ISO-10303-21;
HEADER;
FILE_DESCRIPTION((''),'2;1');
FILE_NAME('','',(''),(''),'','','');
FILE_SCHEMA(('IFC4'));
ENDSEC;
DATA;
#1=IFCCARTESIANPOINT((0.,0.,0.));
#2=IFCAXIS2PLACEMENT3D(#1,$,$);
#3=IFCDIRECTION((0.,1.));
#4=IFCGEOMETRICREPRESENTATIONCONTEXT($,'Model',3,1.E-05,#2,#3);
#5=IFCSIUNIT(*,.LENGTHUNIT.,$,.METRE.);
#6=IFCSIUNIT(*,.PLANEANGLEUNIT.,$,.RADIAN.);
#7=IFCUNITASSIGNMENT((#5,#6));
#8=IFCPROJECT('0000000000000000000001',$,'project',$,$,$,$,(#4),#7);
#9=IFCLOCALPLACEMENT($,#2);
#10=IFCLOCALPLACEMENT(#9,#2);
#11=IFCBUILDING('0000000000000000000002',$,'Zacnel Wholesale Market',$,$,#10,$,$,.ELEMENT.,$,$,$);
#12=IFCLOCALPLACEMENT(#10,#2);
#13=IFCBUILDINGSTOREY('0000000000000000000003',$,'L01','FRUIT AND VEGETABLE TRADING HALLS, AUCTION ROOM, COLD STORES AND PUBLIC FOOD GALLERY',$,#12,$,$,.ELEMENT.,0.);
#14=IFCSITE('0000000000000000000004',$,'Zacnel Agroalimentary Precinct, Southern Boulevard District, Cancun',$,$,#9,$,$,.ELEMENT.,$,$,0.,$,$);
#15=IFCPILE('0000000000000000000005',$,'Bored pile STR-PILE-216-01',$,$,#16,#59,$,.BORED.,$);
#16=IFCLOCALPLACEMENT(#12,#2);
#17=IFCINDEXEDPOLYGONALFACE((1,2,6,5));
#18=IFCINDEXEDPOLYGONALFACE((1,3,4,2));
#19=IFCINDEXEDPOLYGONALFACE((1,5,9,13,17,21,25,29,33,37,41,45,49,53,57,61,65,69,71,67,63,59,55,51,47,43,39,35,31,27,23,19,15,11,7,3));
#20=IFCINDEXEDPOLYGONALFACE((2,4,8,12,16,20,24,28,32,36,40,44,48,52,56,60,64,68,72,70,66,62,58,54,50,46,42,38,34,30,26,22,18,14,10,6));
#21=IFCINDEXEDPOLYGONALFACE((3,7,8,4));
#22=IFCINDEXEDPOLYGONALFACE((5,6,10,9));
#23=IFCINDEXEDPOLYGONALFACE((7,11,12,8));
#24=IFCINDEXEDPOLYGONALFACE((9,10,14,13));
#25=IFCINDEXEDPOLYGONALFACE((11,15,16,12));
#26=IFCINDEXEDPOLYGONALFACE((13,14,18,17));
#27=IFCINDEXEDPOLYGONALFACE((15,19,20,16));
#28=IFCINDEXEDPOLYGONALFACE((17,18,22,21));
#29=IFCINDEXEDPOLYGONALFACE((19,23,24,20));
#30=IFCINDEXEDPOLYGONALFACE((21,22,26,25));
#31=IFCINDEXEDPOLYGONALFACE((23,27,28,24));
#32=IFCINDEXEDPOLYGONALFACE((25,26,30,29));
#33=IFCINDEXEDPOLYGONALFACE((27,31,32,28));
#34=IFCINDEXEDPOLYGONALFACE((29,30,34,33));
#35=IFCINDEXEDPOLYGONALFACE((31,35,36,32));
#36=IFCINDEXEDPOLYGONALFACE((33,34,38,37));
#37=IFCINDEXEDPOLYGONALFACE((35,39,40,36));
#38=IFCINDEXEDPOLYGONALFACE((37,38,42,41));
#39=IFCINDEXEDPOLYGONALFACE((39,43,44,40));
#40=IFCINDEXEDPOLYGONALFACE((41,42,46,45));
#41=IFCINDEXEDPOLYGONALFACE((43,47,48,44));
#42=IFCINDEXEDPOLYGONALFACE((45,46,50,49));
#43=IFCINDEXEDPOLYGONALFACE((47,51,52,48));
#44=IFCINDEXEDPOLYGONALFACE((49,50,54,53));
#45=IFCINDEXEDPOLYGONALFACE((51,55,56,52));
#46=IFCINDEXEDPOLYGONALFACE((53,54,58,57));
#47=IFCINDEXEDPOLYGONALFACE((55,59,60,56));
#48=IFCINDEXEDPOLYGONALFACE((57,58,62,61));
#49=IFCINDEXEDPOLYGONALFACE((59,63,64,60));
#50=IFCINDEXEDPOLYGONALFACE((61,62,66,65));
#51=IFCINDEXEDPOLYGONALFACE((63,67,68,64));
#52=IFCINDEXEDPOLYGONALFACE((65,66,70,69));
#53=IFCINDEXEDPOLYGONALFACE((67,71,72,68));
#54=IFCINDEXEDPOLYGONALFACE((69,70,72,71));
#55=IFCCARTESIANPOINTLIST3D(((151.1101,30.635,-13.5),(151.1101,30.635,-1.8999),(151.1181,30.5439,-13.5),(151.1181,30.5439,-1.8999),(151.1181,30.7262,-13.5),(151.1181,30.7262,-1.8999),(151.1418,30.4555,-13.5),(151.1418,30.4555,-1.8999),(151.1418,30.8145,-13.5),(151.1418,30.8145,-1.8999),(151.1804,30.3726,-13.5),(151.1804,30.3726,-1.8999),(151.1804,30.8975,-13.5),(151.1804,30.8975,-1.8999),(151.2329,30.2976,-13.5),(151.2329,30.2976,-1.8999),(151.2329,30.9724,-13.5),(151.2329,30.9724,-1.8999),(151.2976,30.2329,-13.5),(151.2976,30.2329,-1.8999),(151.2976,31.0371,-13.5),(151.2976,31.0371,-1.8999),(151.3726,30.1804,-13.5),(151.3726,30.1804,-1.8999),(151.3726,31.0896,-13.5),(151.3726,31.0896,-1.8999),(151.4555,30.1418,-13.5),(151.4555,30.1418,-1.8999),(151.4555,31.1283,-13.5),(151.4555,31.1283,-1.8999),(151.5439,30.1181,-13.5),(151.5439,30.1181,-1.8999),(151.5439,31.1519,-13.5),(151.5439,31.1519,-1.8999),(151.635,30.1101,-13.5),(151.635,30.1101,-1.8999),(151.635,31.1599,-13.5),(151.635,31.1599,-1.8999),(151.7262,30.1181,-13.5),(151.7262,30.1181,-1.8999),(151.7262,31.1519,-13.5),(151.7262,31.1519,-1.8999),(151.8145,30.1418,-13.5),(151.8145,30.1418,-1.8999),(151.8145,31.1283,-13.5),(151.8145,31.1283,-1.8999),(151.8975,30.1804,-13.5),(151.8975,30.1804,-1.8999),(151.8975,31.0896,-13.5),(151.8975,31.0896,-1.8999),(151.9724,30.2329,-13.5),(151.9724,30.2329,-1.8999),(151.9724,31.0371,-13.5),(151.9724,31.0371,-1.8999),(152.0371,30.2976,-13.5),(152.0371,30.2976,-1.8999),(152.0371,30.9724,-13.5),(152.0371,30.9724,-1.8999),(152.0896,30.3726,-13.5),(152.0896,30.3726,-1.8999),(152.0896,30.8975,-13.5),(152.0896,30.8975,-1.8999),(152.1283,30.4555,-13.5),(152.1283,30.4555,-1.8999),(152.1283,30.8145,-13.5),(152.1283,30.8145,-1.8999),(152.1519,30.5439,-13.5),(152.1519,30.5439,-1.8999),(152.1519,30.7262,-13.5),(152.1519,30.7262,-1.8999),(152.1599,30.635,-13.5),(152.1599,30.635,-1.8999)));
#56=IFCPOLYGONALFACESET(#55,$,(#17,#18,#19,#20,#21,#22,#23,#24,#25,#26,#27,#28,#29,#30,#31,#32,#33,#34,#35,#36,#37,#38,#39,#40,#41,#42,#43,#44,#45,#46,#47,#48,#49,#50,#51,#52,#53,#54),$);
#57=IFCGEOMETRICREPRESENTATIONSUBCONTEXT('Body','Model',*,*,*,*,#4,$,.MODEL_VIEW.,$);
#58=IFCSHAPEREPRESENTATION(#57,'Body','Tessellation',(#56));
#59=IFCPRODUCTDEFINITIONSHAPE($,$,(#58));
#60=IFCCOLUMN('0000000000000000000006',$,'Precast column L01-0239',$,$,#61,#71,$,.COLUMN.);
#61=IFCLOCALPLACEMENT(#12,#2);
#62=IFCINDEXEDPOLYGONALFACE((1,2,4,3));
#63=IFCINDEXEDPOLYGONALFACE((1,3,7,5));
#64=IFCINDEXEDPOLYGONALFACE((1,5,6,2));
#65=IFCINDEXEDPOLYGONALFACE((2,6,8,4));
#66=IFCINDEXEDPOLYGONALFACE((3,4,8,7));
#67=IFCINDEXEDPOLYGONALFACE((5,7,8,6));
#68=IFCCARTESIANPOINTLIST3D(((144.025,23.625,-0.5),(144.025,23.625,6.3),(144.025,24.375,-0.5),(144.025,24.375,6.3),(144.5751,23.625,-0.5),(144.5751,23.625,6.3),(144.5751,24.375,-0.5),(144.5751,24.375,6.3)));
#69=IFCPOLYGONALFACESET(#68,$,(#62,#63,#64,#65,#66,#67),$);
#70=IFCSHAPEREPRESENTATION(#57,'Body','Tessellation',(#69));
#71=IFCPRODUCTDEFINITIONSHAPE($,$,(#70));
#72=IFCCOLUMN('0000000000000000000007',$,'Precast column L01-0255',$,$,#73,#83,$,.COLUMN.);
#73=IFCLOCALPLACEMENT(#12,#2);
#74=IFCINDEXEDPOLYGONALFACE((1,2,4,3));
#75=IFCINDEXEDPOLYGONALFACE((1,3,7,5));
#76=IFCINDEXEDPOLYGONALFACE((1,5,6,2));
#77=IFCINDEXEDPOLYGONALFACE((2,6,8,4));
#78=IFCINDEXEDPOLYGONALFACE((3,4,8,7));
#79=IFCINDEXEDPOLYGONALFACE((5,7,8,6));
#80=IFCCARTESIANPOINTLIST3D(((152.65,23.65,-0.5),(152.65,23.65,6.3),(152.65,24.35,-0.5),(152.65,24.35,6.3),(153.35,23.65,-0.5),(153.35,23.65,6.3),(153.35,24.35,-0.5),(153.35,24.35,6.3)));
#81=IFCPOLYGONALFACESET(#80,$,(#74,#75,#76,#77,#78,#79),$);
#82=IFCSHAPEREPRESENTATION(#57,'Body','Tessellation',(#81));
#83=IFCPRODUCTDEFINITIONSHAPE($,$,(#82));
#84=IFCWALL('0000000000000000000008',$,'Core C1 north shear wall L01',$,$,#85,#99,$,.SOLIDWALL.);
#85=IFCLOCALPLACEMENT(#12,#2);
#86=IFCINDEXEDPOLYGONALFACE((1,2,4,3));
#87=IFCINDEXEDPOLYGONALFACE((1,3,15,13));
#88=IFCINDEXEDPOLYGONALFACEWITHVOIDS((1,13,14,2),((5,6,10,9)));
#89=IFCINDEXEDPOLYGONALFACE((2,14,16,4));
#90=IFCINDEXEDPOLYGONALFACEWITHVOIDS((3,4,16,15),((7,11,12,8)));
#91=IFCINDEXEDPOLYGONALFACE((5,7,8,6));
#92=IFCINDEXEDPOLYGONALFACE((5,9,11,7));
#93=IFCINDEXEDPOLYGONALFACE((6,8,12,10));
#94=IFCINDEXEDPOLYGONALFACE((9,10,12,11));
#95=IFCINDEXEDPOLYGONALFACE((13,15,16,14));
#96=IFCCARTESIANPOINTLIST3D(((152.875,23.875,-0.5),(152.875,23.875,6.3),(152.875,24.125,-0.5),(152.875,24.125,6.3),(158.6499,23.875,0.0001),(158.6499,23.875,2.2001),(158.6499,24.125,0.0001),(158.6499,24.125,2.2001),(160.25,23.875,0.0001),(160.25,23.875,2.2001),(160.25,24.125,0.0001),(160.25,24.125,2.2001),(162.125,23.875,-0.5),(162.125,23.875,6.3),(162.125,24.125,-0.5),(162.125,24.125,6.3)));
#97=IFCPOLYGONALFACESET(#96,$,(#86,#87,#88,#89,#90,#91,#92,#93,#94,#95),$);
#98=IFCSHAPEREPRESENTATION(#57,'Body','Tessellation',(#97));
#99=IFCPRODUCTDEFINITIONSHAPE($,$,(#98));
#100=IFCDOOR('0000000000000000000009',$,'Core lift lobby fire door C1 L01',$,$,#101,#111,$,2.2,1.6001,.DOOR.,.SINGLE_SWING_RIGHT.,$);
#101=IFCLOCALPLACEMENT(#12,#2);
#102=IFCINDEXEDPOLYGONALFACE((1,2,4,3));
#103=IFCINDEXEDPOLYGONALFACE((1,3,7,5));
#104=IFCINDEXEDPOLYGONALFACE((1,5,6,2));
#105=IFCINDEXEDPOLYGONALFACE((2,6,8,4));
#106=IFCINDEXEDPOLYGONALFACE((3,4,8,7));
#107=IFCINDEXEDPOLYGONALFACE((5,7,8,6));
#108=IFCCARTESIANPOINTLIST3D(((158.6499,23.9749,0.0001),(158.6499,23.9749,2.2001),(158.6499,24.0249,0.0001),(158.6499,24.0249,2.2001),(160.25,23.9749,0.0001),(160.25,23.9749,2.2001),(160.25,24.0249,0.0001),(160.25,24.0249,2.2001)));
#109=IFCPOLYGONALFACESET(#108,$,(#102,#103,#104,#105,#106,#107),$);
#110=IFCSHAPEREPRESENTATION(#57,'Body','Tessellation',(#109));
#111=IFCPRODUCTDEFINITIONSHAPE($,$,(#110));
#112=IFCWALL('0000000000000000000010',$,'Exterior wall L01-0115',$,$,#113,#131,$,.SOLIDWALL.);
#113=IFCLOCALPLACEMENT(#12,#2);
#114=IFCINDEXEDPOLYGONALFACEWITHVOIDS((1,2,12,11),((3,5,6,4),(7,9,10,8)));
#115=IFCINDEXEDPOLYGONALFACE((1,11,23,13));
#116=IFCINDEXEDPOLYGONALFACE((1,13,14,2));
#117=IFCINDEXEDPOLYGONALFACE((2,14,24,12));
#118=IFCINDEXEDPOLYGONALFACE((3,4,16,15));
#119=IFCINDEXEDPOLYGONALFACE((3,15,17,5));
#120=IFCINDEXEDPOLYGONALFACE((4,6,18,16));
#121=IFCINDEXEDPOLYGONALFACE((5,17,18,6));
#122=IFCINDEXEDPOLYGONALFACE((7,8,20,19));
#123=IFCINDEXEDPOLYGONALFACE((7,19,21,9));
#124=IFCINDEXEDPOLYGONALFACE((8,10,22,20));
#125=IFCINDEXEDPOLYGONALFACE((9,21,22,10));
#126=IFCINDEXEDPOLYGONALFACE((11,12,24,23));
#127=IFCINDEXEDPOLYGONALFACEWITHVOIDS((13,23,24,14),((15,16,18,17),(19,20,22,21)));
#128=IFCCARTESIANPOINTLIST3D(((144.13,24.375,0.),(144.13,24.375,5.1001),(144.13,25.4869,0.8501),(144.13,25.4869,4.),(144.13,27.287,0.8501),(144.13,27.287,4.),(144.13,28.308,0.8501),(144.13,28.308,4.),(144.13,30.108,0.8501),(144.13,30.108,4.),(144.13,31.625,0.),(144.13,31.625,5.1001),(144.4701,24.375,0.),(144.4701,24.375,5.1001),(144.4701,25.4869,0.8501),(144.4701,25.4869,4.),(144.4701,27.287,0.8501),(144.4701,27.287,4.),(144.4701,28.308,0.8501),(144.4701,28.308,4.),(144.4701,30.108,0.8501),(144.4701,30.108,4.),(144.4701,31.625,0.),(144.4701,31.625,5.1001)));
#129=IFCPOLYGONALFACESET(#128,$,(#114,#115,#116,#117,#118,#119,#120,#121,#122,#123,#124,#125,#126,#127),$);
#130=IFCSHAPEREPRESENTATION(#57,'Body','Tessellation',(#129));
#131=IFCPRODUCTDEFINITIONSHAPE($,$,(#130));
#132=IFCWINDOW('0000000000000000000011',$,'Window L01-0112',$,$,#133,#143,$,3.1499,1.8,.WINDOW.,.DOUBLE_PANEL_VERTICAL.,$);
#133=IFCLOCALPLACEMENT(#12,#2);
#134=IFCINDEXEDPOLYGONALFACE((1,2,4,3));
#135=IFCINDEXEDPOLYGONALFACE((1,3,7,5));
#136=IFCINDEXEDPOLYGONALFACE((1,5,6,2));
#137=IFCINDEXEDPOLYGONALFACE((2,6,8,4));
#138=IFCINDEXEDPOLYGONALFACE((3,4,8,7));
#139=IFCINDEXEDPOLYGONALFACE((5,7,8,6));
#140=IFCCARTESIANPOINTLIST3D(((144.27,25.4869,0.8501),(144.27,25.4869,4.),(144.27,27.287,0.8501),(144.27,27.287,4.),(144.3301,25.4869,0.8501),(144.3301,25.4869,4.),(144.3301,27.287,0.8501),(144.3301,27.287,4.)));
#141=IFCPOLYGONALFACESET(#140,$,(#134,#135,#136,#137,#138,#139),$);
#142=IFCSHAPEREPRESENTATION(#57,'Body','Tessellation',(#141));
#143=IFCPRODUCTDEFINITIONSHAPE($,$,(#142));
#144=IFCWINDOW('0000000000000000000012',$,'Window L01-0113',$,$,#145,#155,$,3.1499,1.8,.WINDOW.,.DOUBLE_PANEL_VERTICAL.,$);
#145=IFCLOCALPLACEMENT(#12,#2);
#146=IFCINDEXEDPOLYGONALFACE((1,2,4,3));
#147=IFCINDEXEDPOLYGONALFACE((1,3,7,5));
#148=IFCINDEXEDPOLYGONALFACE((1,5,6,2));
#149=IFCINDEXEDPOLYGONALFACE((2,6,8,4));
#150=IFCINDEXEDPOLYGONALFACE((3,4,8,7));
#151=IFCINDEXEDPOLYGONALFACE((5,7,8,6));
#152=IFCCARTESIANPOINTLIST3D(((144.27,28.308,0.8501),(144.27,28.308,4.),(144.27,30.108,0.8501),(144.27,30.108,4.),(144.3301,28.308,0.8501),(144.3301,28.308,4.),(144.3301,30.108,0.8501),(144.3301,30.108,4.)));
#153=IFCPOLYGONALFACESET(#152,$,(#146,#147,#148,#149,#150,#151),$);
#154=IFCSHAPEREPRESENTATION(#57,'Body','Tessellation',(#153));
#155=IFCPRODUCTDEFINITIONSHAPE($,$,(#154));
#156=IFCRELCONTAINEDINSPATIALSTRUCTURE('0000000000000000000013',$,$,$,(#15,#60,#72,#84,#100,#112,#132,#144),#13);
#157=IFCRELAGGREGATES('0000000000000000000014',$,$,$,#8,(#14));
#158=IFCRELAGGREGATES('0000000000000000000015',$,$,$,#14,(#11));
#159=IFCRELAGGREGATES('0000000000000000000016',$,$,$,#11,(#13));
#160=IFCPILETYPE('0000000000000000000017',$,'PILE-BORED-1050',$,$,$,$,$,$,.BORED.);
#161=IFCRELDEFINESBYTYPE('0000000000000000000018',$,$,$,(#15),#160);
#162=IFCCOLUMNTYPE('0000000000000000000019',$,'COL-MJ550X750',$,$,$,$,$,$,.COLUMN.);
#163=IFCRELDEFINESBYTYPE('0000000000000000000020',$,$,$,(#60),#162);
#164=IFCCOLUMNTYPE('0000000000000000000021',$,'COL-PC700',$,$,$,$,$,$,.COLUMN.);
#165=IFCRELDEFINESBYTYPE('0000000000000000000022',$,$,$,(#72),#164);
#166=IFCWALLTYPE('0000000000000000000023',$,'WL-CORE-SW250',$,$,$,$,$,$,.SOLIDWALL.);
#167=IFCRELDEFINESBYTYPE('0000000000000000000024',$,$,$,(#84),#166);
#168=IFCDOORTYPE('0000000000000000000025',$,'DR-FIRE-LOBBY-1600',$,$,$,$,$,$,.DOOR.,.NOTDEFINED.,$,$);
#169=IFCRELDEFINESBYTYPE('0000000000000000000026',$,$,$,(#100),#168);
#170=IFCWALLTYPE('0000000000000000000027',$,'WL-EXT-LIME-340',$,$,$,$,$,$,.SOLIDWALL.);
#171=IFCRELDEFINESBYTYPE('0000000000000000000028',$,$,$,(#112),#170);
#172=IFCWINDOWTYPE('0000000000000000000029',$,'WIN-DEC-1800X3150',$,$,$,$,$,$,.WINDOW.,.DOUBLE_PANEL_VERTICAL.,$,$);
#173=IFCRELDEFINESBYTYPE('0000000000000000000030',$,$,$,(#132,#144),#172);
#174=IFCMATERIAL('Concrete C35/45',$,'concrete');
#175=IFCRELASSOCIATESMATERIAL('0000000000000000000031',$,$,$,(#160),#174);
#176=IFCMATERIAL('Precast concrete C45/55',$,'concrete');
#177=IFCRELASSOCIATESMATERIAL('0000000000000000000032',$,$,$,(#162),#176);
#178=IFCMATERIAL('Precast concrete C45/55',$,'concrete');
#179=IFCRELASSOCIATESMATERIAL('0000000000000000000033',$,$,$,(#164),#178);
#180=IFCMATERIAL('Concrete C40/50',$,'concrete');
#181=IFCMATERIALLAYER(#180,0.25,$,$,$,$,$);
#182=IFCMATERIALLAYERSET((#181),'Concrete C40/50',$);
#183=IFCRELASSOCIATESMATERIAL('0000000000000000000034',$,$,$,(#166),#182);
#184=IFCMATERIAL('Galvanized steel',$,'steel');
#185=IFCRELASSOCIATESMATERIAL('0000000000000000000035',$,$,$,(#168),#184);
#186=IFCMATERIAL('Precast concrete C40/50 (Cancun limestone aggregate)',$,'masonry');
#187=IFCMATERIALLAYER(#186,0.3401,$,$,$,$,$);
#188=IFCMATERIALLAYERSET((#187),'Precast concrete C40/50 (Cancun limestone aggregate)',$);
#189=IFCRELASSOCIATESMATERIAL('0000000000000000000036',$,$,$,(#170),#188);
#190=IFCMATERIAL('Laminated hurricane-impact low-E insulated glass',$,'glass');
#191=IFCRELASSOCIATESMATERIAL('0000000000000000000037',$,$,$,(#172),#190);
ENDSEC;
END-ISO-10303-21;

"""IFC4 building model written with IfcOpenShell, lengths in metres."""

from ifc_helpers import new_model, si_unit, direction, frame, frame_2d, origin, origin_2d, place, context, subcontext, project, spatial, rectangle, circle, extrude, material, layer, layer_set, material_profile, profile_set, type_object, element, fill, save


model = new_model("IFC4")

# Units and contexts
model_context = context("Model", 3, precision=1e-05, world=origin(), true_north=direction((0.0, 1.0)))
body_context = subcontext(model_context, "Body", "Model", "MODEL_VIEW")
ifc_project = project(units=[si_unit("LENGTHUNIT", "METRE"), si_unit("PLANEANGLEUNIT", "RADIAN")], contexts=[model_context])

# Site, building, storey
site_placement = place(None, origin())
site = spatial("IfcSite", under=ifc_project, at=site_placement, Name="Zacnel Agroalimentary Precinct, Southern Boulevard District, Cancun", CompositionType="ELEMENT", RefElevation=0.0)
building_placement = place(site_placement, origin())
building = spatial("IfcBuilding", under=site, at=building_placement, Name="Zacnel Wholesale Market", CompositionType="ELEMENT")
storey_placement = place(building_placement, origin())
storey = spatial("IfcBuildingStorey", under=building, at=storey_placement, Name="L01", Description="FRUIT AND VEGETABLE TRADING HALLS, AUCTION ROOM, COLD STORES AND PUBLIC FOOD GALLERY", CompositionType="ELEMENT", Elevation=0.0)

# Pile
ifc_material_1 = material(Name="Concrete C35/45", Category="concrete")
ifc_material_profile_1 = material_profile(ifc_material_1, circle(Radius=0.5249, at=origin_2d()), Name="BORED PILE D1050")
ifc_profile_set_1 = profile_set([ifc_material_profile_1], Name="Concrete C35/45")
pile_type = type_object("IfcPileType", Name="PILE-BORED-1050", PredefinedType="BORED", material=ifc_profile_set_1)
pile_1_placement = place(storey_placement, frame((151.635, 30.635, -1.8999), z_axis=(0.0, 0.0, -1.0), x_axis=(1.0, 0.0, 0.0)))
element("IfcPile", 1, at=pile_1_placement, inside=storey, type_object=pile_type, Name="Bored pile STR-PILE-216-01", PredefinedType="BORED", context=body_context, shape_type="SweptSolid", body=[
    extrude(circle(Radius=0.5249, at=origin_2d()), origin(), (0.0, 0.0, 1.0), 11.6001),
])

# Columns
ifc_material_2 = material(Name="Precast concrete C45/55", Category="concrete")
ifc_material_profile_2 = material_profile(ifc_material_2, rectangle(XDim=0.55, YDim=0.75, at=origin_2d()), Name="PC 550x750")
ifc_profile_set_2 = profile_set([ifc_material_profile_2], Name="Precast concrete C45/55")
column_type_1 = type_object("IfcColumnType", Name="COL-MJ550X750", PredefinedType="COLUMN", material=ifc_profile_set_2)
column_1_placement = place(storey_placement, frame((144.3, 24.0, -0.5), z_axis=(0.0, 0.0, 1.0), x_axis=(1.0, 0.0, 0.0)))
element("IfcColumn", 2, at=column_1_placement, inside=storey, type_object=column_type_1, Name="Precast column L01-0239", PredefinedType="COLUMN", context=body_context, shape_type="SweptSolid", body=[
    extrude(rectangle(XDim=0.55, YDim=0.75, at=origin_2d()), origin(), (0.0, 0.0, 1.0), 6.8),
])
ifc_material_3 = material(Name="Precast concrete C45/55", Category="concrete")
ifc_material_profile_3 = material_profile(ifc_material_3, rectangle(XDim=0.7, YDim=0.7, at=origin_2d()), Name="PC 700x700")
ifc_profile_set_3 = profile_set([ifc_material_profile_3], Name="Precast concrete C45/55")
column_type_2 = type_object("IfcColumnType", Name="COL-PC700", PredefinedType="COLUMN", material=ifc_profile_set_3)
column_2_placement = place(storey_placement, frame((153.0, 24.0, -0.5), z_axis=(0.0, 0.0, 1.0), x_axis=(1.0, 0.0, 0.0)))
element("IfcColumn", 3, at=column_2_placement, inside=storey, type_object=column_type_2, Name="Precast column L01-0255", PredefinedType="COLUMN", context=body_context, shape_type="SweptSolid", body=[
    extrude(rectangle(XDim=0.7, YDim=0.7, at=origin_2d()), origin(), (0.0, 0.0, 1.0), 6.8),
])

# Wall, opening, door
ifc_material_4 = material(Name="Concrete C40/50", Category="concrete")
ifc_layer_1 = layer(ifc_material_4, 0.25)
ifc_layer_set_1 = layer_set([ifc_layer_1], Name="Concrete C40/50")
wall_type_1 = type_object("IfcWallType", Name="WL-CORE-SW250", PredefinedType="SOLIDWALL", material=ifc_layer_set_1)
wall_1_placement = place(storey_placement, frame((152.875, 24.0, -0.5), z_axis=(0.0, 0.0, 1.0), x_axis=(1.0, 0.0, 0.0)))
wall_1 = element("IfcWall", 4, at=wall_1_placement, inside=storey, type_object=wall_type_1, Name="Core C1 north shear wall L01", PredefinedType="SOLIDWALL", context=body_context, shape_type="SweptSolid", body=[
    extrude(rectangle(XDim=9.25, YDim=0.25, at=frame_2d((4.625, 0.0))), origin(), (0.0, 0.0, 1.0), 6.8),
])
opening_1_placement = place(wall_1_placement, frame((5.7749, 0.0, 0.5)))
opening_1 = element("IfcOpeningElement", 5, at=opening_1_placement, cuts=wall_1, PredefinedType="OPENING", context=body_context, shape_type="SweptSolid", body=[
    extrude(rectangle(XDim=1.6001, YDim=2.2, at=frame_2d((0.8, 1.1001))), frame((0.0, 0.135, 0.0), z_axis=(0.0, -1.0, 0.0), x_axis=(1.0, 0.0, 0.0)), (0.0, 0.0, 1.0), 0.27),
])
ifc_material_5 = material(Name="Galvanized steel", Category="steel")
door_type_1 = type_object("IfcDoorType", Name="DR-FIRE-LOBBY-1600", OperationType="NOTDEFINED", PredefinedType="DOOR", material=ifc_material_5)
door_1_placement = place(opening_1_placement, origin())
door_1 = element("IfcDoor", 6, at=door_1_placement, inside=storey, type_object=door_type_1, Name="Core lift lobby fire door C1 L01", OperationType="SINGLE_SWING_RIGHT", OverallHeight=2.2, OverallWidth=1.6001, PredefinedType="DOOR", context=body_context, shape_type="SweptSolid", body=[
    extrude(rectangle(XDim=1.6001, YDim=2.2, at=frame_2d((0.8, 1.1001))), frame((0.0, 0.0249, 0.0), z_axis=(0.0, -1.0, 0.0), x_axis=(1.0, 0.0, 0.0)), (0.0, 0.0, 1.0), 0.05),
])
fill(opening_1, door_1)

# Wall, openings, windows
ifc_material_6 = material(Name="Precast concrete C40/50 (Cancun limestone aggregate)", Category="masonry")
ifc_layer_2 = layer(ifc_material_6, 0.3401)
ifc_layer_set_2 = layer_set([ifc_layer_2], Name="Precast concrete C40/50 (Cancun limestone aggregate)")
wall_type_2 = type_object("IfcWallType", Name="WL-EXT-LIME-340", PredefinedType="SOLIDWALL", material=ifc_layer_set_2)
wall_2_placement = place(storey_placement, frame((144.3, 24.375, 0.0), z_axis=(0.0, 0.0, 1.0), x_axis=(0.0, 1.0, 0.0)))
wall_2 = element("IfcWall", 7, at=wall_2_placement, inside=storey, type_object=wall_type_2, Name="Exterior wall L01-0115", PredefinedType="SOLIDWALL", context=body_context, shape_type="SweptSolid", body=[
    extrude(rectangle(XDim=7.25, YDim=0.3401, at=frame_2d((3.625, 0.0))), origin(), (0.0, 0.0, 1.0), 5.1001),
])
opening_2_placement = place(wall_2_placement, frame((1.1121, 0.0, 0.8501)))
opening_2 = element("IfcOpeningElement", 8, at=opening_2_placement, cuts=wall_2, PredefinedType="OPENING", context=body_context, shape_type="SweptSolid", body=[
    extrude(rectangle(XDim=1.8, YDim=3.1499, at=frame_2d((0.8999, 1.575))), frame((0.0, 0.1799, 0.0), z_axis=(0.0, -1.0, 0.0), x_axis=(1.0, 0.0, 0.0)), (0.0, 0.0, 1.0), 0.3601),
])
opening_3_placement = place(wall_2_placement, frame((3.9331, 0.0, 0.8501)))
opening_3 = element("IfcOpeningElement", 9, at=opening_3_placement, cuts=wall_2, PredefinedType="OPENING", context=body_context, shape_type="SweptSolid", body=[
    extrude(rectangle(XDim=1.8, YDim=3.1499, at=frame_2d((0.8999, 1.575))), frame((0.0, 0.1799, 0.0), z_axis=(0.0, -1.0, 0.0), x_axis=(1.0, 0.0, 0.0)), (0.0, 0.0, 1.0), 0.3601),
])
ifc_material_7 = material(Name="Laminated hurricane-impact low-E insulated glass", Category="glass")
window_type = type_object("IfcWindowType", Name="WIN-DEC-1800X3150", PartitioningType="DOUBLE_PANEL_VERTICAL", PredefinedType="WINDOW", material=ifc_material_7)
window_1_placement = place(opening_2_placement, origin())
window_1 = element("IfcWindow", 10, at=window_1_placement, inside=storey, type_object=window_type, Name="Window L01-0112", OverallHeight=3.1499, OverallWidth=1.8, PartitioningType="DOUBLE_PANEL_VERTICAL", PredefinedType="WINDOW", context=body_context, shape_type="SweptSolid", body=[
    extrude(rectangle(XDim=1.8, YDim=3.1499, at=frame_2d((0.8999, 1.575))), frame((0.0, 0.03, 0.0), z_axis=(0.0, -1.0, 0.0), x_axis=(1.0, 0.0, 0.0)), (0.0, 0.0, 1.0), 0.0601),
])
fill(opening_2, window_1)
window_2_placement = place(opening_3_placement, origin())
window_2 = element("IfcWindow", 11, at=window_2_placement, inside=storey, type_object=window_type, Name="Window L01-0113", OverallHeight=3.1499, OverallWidth=1.8, PartitioningType="DOUBLE_PANEL_VERTICAL", PredefinedType="WINDOW", context=body_context, shape_type="SweptSolid", body=[
    extrude(rectangle(XDim=1.8, YDim=3.1499, at=frame_2d((0.8999, 1.575))), frame((0.0, 0.03, 0.0), z_axis=(0.0, -1.0, 0.0), x_axis=(1.0, 0.0, 0.0)), (0.0, 0.0, 1.0), 0.0601),
])
fill(opening_3, window_2)

save(model, "model.ifc")
